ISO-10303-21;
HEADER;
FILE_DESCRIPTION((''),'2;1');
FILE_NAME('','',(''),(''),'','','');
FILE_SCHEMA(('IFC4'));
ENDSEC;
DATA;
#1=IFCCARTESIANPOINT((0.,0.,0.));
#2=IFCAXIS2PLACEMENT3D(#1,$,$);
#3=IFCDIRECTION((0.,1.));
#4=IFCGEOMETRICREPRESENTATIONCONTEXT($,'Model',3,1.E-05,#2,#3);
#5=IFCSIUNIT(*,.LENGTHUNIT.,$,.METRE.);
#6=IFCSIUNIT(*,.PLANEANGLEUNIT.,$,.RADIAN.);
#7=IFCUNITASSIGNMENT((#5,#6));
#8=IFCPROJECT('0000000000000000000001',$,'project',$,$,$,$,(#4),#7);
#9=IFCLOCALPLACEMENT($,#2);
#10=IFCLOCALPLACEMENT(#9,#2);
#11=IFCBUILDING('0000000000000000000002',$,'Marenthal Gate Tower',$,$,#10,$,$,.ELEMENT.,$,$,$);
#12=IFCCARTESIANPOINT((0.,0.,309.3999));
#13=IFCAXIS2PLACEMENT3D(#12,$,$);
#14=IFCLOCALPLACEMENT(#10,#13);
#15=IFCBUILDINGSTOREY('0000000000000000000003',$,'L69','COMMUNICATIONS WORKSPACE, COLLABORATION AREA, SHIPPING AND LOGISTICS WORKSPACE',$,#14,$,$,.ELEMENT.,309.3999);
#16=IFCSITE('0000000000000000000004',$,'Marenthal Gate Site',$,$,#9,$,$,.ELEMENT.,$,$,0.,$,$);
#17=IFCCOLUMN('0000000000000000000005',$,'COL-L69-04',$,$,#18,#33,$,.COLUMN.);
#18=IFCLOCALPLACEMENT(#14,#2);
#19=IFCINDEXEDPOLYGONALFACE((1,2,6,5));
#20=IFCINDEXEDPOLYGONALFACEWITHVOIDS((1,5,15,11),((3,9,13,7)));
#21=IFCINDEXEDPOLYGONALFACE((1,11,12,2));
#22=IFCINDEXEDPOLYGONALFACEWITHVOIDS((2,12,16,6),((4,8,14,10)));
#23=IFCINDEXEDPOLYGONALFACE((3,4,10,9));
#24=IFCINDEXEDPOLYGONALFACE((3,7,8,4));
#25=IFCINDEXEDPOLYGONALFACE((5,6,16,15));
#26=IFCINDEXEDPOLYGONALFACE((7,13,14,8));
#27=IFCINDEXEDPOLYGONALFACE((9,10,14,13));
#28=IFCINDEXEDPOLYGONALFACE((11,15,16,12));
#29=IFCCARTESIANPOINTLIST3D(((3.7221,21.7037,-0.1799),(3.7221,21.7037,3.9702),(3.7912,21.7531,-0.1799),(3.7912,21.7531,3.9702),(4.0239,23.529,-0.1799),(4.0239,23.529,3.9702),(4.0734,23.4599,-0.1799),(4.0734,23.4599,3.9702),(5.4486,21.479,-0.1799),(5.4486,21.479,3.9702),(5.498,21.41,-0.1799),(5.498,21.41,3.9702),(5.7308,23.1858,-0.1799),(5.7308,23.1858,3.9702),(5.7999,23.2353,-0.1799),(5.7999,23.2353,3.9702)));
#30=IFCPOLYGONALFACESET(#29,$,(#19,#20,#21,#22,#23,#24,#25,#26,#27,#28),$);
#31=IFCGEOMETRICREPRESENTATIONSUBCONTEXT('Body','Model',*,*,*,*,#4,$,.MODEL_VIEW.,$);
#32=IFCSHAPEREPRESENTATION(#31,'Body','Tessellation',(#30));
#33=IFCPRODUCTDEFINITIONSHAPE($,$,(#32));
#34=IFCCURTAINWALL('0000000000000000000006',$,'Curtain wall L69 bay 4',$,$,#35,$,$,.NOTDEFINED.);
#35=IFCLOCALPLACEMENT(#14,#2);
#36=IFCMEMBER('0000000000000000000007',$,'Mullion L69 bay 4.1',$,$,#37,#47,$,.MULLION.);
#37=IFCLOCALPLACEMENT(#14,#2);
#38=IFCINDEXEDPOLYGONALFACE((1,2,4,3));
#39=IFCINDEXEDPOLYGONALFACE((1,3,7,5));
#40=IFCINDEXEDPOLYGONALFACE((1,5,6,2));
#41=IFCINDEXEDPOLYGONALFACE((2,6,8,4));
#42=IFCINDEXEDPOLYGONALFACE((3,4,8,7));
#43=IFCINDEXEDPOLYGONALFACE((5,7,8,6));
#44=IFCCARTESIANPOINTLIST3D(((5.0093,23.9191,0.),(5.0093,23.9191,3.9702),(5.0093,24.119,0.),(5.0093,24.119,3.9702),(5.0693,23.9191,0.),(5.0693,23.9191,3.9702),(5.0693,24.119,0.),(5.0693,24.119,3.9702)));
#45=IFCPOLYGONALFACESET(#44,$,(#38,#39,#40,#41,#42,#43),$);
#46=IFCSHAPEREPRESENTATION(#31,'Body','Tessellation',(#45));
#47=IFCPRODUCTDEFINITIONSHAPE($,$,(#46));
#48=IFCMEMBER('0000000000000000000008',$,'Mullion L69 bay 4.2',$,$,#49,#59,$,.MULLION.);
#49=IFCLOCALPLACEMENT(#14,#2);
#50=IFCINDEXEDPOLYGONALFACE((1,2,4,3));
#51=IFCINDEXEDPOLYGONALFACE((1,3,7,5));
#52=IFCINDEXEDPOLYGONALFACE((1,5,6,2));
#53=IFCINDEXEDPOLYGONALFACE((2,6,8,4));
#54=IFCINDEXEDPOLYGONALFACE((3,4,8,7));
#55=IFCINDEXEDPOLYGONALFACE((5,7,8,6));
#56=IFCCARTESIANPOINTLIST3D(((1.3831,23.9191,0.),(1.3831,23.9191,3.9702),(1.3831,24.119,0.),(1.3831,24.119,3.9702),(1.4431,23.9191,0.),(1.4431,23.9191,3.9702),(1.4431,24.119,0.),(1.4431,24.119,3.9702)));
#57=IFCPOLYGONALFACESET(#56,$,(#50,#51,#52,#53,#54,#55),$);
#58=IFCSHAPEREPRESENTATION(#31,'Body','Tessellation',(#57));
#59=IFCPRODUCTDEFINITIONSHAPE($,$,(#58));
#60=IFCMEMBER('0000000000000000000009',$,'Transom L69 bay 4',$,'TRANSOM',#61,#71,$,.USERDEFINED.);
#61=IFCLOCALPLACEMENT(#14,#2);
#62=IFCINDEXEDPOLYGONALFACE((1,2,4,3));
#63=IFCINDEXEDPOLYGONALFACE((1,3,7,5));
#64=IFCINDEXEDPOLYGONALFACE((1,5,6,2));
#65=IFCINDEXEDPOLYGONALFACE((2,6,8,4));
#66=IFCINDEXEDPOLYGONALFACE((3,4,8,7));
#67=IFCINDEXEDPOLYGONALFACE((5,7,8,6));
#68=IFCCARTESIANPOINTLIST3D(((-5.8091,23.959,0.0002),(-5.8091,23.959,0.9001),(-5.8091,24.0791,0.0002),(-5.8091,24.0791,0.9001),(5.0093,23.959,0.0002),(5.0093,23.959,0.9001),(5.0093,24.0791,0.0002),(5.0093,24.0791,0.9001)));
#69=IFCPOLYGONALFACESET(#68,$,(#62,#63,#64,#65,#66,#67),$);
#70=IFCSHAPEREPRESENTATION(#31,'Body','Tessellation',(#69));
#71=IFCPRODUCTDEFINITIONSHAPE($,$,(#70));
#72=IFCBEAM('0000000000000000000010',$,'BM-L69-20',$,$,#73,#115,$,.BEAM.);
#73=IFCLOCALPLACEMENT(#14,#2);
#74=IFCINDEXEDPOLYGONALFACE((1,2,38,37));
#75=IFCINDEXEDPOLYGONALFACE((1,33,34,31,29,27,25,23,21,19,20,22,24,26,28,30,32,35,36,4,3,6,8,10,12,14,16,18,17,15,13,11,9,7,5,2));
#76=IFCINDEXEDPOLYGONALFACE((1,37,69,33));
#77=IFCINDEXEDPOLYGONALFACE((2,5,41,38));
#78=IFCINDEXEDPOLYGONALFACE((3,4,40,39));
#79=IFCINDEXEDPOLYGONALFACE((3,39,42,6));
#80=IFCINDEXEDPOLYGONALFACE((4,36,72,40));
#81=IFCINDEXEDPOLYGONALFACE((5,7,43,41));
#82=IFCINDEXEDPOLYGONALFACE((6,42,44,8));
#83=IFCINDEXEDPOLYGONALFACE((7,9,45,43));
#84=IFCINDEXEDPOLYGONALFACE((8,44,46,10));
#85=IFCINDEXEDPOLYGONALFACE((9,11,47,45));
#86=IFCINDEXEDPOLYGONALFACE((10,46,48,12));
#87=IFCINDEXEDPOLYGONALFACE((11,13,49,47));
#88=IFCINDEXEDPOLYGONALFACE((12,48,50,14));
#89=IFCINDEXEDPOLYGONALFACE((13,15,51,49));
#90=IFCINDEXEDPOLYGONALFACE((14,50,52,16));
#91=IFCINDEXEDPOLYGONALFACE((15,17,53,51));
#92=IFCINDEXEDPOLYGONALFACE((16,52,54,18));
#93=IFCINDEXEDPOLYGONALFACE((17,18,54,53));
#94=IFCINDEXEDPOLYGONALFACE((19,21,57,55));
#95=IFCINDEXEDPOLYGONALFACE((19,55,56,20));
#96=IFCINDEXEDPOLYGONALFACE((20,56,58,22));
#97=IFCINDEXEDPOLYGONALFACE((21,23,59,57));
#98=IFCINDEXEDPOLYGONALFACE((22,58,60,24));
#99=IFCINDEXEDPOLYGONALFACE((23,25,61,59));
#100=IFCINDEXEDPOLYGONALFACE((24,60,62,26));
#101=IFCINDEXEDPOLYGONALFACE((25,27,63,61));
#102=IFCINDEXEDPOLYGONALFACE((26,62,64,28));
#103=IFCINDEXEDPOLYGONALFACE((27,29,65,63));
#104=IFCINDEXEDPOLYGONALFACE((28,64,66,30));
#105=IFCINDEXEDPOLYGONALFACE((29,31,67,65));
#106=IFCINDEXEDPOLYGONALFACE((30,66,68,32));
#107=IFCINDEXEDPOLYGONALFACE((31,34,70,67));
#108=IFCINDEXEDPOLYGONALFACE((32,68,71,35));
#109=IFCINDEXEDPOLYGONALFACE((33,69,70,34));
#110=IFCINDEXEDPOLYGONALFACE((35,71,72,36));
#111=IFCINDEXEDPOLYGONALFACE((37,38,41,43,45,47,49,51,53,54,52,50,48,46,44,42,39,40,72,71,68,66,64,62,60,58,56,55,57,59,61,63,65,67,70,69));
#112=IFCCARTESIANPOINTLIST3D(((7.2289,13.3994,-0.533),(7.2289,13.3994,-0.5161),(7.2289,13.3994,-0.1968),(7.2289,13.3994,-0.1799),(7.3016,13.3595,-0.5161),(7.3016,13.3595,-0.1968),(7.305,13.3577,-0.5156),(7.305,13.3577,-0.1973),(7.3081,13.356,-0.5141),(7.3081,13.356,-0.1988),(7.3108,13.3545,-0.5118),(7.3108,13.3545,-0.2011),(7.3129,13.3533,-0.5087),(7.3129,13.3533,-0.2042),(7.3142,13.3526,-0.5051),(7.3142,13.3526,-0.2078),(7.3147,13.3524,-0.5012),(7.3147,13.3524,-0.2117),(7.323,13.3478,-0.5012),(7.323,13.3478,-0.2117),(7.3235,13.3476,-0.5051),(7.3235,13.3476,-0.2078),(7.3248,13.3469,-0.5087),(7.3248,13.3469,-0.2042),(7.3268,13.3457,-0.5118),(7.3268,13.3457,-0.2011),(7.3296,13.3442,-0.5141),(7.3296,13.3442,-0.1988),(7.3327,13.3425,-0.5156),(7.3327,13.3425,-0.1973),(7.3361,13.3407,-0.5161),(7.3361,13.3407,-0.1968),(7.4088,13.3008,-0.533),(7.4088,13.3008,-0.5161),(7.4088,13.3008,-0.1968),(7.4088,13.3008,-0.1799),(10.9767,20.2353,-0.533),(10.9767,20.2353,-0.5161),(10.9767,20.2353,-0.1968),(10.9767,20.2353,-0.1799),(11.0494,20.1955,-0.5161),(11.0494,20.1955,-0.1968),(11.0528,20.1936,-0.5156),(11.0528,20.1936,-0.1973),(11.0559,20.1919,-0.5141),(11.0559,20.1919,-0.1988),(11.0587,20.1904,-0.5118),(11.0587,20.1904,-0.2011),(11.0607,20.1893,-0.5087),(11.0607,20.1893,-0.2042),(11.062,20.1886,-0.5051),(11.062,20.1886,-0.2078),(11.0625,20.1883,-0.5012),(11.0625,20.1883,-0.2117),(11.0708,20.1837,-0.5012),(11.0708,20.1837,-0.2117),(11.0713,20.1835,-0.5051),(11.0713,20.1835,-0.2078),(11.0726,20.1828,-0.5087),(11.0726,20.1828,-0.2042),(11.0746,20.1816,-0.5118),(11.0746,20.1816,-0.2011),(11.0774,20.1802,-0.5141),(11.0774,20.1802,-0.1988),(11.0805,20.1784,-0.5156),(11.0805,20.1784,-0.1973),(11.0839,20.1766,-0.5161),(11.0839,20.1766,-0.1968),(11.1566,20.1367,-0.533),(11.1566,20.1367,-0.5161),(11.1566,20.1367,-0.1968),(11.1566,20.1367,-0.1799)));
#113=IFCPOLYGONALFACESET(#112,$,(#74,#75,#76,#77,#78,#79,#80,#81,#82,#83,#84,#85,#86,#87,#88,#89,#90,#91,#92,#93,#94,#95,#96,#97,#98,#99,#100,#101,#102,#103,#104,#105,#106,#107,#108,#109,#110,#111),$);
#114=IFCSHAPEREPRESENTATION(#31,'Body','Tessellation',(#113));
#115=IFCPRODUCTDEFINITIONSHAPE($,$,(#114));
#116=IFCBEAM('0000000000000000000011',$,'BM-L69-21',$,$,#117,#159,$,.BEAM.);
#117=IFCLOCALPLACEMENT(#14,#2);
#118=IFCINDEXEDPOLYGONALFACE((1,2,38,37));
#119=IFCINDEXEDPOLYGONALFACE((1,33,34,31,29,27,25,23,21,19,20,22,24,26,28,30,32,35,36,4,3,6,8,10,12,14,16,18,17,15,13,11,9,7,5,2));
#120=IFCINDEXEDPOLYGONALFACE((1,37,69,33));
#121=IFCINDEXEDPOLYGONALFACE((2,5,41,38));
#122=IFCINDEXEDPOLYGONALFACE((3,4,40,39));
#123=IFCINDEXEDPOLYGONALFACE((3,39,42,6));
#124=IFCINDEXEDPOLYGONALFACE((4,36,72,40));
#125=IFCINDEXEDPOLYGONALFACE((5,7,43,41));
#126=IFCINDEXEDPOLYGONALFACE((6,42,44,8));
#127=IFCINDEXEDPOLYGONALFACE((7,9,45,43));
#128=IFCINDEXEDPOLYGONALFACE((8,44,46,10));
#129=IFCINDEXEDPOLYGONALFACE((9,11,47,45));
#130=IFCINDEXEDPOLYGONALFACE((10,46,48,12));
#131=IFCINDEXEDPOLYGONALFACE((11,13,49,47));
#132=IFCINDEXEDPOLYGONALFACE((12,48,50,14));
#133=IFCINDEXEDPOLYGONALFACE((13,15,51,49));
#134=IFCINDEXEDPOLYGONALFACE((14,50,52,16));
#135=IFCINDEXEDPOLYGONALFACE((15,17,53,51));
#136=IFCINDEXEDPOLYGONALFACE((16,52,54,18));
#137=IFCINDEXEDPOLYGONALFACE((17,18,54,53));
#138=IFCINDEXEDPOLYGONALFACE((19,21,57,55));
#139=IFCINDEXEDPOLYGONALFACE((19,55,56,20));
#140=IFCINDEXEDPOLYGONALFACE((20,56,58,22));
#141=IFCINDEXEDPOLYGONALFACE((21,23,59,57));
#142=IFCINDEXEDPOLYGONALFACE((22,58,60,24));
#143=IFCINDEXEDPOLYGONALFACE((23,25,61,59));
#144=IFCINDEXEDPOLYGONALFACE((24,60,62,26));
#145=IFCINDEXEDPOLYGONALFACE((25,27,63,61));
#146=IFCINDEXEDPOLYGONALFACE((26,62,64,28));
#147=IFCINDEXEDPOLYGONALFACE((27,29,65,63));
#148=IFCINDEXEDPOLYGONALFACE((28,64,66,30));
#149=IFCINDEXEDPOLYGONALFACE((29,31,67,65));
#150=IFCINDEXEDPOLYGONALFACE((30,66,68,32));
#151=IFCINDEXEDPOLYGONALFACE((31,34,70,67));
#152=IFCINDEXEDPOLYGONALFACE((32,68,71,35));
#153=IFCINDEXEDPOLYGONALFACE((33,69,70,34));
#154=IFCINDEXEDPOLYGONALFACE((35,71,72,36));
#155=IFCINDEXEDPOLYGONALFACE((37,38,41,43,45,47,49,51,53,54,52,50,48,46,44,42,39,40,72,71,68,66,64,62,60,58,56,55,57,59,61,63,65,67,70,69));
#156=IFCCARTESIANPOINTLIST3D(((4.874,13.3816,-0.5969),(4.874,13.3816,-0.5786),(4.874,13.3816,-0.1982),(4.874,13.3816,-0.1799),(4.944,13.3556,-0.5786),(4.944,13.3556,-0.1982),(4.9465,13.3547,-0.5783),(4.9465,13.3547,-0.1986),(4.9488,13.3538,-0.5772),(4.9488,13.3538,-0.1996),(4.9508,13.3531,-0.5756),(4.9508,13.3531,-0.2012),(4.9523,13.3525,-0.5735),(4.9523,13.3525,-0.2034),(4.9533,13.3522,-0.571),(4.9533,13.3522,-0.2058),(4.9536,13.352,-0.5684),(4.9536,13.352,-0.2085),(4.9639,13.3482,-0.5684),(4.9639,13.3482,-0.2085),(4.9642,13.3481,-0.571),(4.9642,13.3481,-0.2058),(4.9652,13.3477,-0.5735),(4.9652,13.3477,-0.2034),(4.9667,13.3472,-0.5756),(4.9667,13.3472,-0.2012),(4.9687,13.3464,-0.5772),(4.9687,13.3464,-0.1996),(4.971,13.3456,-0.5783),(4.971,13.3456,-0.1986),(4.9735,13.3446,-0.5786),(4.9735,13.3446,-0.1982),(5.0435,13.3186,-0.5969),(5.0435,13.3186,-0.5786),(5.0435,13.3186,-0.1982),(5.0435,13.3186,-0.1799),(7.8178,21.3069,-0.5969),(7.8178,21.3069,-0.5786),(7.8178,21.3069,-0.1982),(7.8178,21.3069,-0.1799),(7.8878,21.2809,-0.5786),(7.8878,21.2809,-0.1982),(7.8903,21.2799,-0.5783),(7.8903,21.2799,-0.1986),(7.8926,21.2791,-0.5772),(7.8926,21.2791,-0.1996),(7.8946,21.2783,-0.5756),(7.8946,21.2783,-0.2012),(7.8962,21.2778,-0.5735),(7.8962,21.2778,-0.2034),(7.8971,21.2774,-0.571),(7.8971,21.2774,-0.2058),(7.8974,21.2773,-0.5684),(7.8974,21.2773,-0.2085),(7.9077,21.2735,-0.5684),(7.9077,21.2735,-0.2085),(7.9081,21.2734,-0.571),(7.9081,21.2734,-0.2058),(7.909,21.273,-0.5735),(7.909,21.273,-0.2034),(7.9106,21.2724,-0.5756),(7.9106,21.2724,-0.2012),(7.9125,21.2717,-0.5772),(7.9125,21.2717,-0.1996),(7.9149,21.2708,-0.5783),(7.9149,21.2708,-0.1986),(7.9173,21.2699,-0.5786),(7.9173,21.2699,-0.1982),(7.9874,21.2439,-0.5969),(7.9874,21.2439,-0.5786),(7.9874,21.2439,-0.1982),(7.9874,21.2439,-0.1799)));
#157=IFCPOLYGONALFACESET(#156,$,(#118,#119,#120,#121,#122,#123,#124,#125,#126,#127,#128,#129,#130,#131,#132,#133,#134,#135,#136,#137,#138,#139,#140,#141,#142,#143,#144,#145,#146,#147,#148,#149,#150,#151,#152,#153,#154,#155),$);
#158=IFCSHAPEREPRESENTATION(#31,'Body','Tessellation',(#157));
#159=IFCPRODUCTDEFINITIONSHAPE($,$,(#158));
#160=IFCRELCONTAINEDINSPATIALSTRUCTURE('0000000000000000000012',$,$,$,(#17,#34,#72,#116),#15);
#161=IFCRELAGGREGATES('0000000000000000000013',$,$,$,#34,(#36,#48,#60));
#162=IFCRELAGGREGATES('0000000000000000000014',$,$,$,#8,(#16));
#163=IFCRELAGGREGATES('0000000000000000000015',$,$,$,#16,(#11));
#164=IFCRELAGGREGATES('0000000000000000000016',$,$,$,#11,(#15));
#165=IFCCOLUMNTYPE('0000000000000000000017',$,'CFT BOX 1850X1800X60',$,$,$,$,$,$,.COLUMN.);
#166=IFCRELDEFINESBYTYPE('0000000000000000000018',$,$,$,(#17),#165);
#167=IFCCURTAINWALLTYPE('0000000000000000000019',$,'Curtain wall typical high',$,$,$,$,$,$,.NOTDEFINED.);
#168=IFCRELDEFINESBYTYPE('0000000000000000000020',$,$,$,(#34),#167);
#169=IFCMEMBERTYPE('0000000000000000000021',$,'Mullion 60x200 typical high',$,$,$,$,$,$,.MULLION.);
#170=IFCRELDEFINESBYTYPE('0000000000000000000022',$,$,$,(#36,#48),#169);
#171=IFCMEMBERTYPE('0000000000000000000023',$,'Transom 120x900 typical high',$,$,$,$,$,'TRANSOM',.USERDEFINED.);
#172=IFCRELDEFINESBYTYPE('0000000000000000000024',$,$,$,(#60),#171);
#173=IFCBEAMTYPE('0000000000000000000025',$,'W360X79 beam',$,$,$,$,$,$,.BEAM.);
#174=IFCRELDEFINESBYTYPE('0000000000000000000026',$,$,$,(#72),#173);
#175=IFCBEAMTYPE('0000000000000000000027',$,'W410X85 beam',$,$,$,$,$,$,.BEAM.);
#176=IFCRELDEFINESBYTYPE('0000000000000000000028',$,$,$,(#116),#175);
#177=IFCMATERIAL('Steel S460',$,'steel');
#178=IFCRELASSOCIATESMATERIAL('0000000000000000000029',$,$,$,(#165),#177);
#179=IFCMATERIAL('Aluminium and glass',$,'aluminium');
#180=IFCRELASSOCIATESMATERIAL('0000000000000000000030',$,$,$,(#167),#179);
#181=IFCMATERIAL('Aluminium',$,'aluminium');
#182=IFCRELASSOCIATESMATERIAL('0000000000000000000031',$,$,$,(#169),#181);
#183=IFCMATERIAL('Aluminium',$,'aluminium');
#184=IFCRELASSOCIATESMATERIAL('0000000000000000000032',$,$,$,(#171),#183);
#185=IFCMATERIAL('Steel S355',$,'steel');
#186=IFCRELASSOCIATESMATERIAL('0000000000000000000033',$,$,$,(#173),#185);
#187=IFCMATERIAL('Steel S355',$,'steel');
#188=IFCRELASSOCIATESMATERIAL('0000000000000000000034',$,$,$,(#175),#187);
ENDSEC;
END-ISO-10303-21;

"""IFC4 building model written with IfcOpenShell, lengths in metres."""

from ifc_helpers import new_model, si_unit, direction, frame, origin, origin_2d, place, context, subcontext, project, spatial, rectangle, hollow_rectangle, i_section, extrude, material, material_profile, profile_set, type_object, element, aggregate, save


model = new_model("IFC4")

# Units and contexts
model_context = context("Model", 3, precision=1e-05, world=origin(), true_north=direction((0.0, 1.0)))
body_context = subcontext(model_context, "Body", "Model", "MODEL_VIEW")
ifc_project = project(units=[si_unit("LENGTHUNIT", "METRE"), si_unit("PLANEANGLEUNIT", "RADIAN")], contexts=[model_context])

# Site, building, storey
site_placement = place(None, origin())
site = spatial("IfcSite", under=ifc_project, at=site_placement, Name="Marenthal Gate Site", CompositionType="ELEMENT", RefElevation=0.0)
building_placement = place(site_placement, origin())
building = spatial("IfcBuilding", under=site, at=building_placement, Name="Marenthal Gate Tower", CompositionType="ELEMENT")
storey_placement = place(building_placement, frame((0.0, 0.0, 309.3999)))
storey = spatial("IfcBuildingStorey", under=building, at=storey_placement, Name="L69", Description="COMMUNICATIONS WORKSPACE, COLLABORATION AREA, SHIPPING AND LOGISTICS WORKSPACE", CompositionType="ELEMENT", Elevation=309.3999)

# Column
ifc_material_1 = material(Name="Steel S460", Category="steel")
ifc_material_profile_1 = material_profile(ifc_material_1, hollow_rectangle(XDim=1.8, YDim=1.8501, WallThickness=0.0601, at=origin_2d()), Name="CFT BOX 1850X1800X60")
ifc_material_2 = material(Name="Concrete 70 MPa", Category="concrete")
ifc_material_profile_2 = material_profile(ifc_material_2, rectangle(XDim=1.6799, YDim=1.73, at=origin_2d()), Name="CFT BOX 1850X1800X60 INFILL")
ifc_profile_set_1 = profile_set([ifc_material_profile_1, ifc_material_profile_2], Name="Steel S460 shell, Concrete 70 MPa infill")
column_type = type_object("IfcColumnType", Name="CFT BOX 1850X1800X60", PredefinedType="COLUMN", material=ifc_profile_set_1)
column_placement = place(storey_placement, frame((4.761, 22.4695, -0.1799), z_axis=(0.0, 0.0, 1.0), x_axis=(0.986602, -0.163147, 0.0)))
element("IfcColumn", 1, at=column_placement, inside=storey, type_object=column_type, Name="COL-L69-04", PredefinedType="COLUMN", context=body_context, shape_type="SweptSolid", body=[
    extrude(hollow_rectangle(XDim=1.8, YDim=1.8501, WallThickness=0.0601, at=origin_2d()), origin(), (0.0, 0.0, 1.0), 4.1501),
])

# Curtain wall, members
ifc_material_3 = material(Name="Aluminium and glass", Category="aluminium")
curtain_wall_type = type_object("IfcCurtainWallType", Name="Curtain wall typical high", PredefinedType="NOTDEFINED", material=ifc_material_3)
curtain_wall_placement = place(storey_placement, origin())
curtain_wall = element("IfcCurtainWall", 2, at=curtain_wall_placement, inside=storey, type_object=curtain_wall_type, Name="Curtain wall L69 bay 4", PredefinedType="NOTDEFINED")
ifc_material_4 = material(Name="Aluminium", Category="aluminium")
ifc_material_profile_3 = material_profile(ifc_material_4, rectangle(XDim=0.2, YDim=0.0601, at=origin_2d()), Name="60x200 aluminium mullion")
ifc_profile_set_2 = profile_set([ifc_material_profile_3], Name="Aluminium")
member_type_1 = type_object("IfcMemberType", Name="Mullion 60x200 typical high", PredefinedType="MULLION", material=ifc_profile_set_2)
member_1_placement = place(storey_placement, frame((5.0393, 24.019, 0.0), z_axis=(0.0, 0.0, 1.0), x_axis=(0.0, -1.0, 0.0)))
member_1 = element("IfcMember", 3, at=member_1_placement, type_object=member_type_1, Name="Mullion L69 bay 4.1", PredefinedType="MULLION", context=body_context, shape_type="SweptSolid", body=[
    extrude(rectangle(XDim=0.2, YDim=0.0601, at=origin_2d()), origin(), (0.0, 0.0, 1.0), 3.9702),
])
member_2_placement = place(storey_placement, frame((1.4131, 24.019, 0.0), z_axis=(0.0, 0.0, 1.0), x_axis=(0.0, -1.0, 0.0)))
member_2 = element("IfcMember", 4, at=member_2_placement, type_object=member_type_1, Name="Mullion L69 bay 4.2", PredefinedType="MULLION", context=body_context, shape_type="SweptSolid", body=[
    extrude(rectangle(XDim=0.2, YDim=0.0601, at=origin_2d()), origin(), (0.0, 0.0, 1.0), 3.9702),
])
ifc_material_5 = material(Name="Aluminium", Category="aluminium")
ifc_material_profile_4 = material_profile(ifc_material_5, rectangle(XDim=0.1201, YDim=0.8999, at=origin_2d()), Name="120x900 aluminium transom")
ifc_profile_set_3 = profile_set([ifc_material_profile_4], Name="Aluminium")
member_type_2 = type_object("IfcMemberType", Name="Transom 120x900 typical high", ElementType="TRANSOM", PredefinedType="USERDEFINED", material=ifc_profile_set_3)
member_3_placement = place(storey_placement, frame((5.0093, 24.019, 0.4502), z_axis=(-1.0, 0.0, 0.0), x_axis=(0.0, -1.0, 0.0)))
member_3 = element("IfcMember", 5, at=member_3_placement, type_object=member_type_2, Name="Transom L69 bay 4", ObjectType="TRANSOM", PredefinedType="USERDEFINED", context=body_context, shape_type="SweptSolid", body=[
    extrude(rectangle(XDim=0.1201, YDim=0.8999, at=origin_2d()), origin(), (0.0, 0.0, 1.0), 10.8184),
])

# Beams
ifc_material_6 = material(Name="Steel S355", Category="steel")
ifc_material_profile_5 = material_profile(ifc_material_6, i_section(OverallWidth=0.2051, OverallDepth=0.353, WebThickness=0.0095, FlangeThickness=0.0168, FilletRadius=0.0149, at=origin_2d()), Name="W360X79")
ifc_profile_set_4 = profile_set([ifc_material_profile_5], Name="Steel S355")
beam_type_1 = type_object("IfcBeamType", Name="W360X79 beam", PredefinedType="BEAM", material=ifc_profile_set_4)
beam_1_placement = place(storey_placement, frame((11.0667, 20.186, -0.3564), z_axis=(-0.48074, -0.876863, 0.0), x_axis=(0.876863, -0.48074, 0.0)))
element("IfcBeam", 6, at=beam_1_placement, inside=storey, type_object=beam_type_1, Name="BM-L69-20", PredefinedType="BEAM", context=body_context, shape_type="SweptSolid", body=[
    extrude(i_section(OverallWidth=0.2051, OverallDepth=0.353, WebThickness=0.0095, FlangeThickness=0.0168, FilletRadius=0.0149, at=origin_2d()), origin(), (0.0, 0.0, 1.0), 7.7959),
])
ifc_material_7 = material(Name="Steel S355", Category="steel")
ifc_material_profile_6 = material_profile(ifc_material_7, i_section(OverallWidth=0.1809, OverallDepth=0.417, WebThickness=0.011, FlangeThickness=0.0183, FilletRadius=0.0103, at=origin_2d()), Name="W410X85")
ifc_profile_set_5 = profile_set([ifc_material_profile_6], Name="Steel S355")
beam_type_2 = type_object("IfcBeamType", Name="W410X85 beam", PredefinedType="BEAM", material=ifc_profile_set_5)
beam_2_placement = place(storey_placement, frame((7.9026, 21.2754, -0.3884), z_axis=(-0.348204, -0.937419, 0.0), x_axis=(0.937419, -0.348204, 0.0)))
element("IfcBeam", 7, at=beam_2_placement, inside=storey, type_object=beam_type_2, Name="BM-L69-21", PredefinedType="BEAM", context=body_context, shape_type="SweptSolid", body=[
    extrude(i_section(OverallWidth=0.1809, OverallDepth=0.417, WebThickness=0.011, FlangeThickness=0.0183, FilletRadius=0.0103, at=origin_2d()), origin(), (0.0, 0.0, 1.0), 8.4543),
])

aggregate(curtain_wall, [member_1, member_2, member_3])

save(model, "model.ifc")
